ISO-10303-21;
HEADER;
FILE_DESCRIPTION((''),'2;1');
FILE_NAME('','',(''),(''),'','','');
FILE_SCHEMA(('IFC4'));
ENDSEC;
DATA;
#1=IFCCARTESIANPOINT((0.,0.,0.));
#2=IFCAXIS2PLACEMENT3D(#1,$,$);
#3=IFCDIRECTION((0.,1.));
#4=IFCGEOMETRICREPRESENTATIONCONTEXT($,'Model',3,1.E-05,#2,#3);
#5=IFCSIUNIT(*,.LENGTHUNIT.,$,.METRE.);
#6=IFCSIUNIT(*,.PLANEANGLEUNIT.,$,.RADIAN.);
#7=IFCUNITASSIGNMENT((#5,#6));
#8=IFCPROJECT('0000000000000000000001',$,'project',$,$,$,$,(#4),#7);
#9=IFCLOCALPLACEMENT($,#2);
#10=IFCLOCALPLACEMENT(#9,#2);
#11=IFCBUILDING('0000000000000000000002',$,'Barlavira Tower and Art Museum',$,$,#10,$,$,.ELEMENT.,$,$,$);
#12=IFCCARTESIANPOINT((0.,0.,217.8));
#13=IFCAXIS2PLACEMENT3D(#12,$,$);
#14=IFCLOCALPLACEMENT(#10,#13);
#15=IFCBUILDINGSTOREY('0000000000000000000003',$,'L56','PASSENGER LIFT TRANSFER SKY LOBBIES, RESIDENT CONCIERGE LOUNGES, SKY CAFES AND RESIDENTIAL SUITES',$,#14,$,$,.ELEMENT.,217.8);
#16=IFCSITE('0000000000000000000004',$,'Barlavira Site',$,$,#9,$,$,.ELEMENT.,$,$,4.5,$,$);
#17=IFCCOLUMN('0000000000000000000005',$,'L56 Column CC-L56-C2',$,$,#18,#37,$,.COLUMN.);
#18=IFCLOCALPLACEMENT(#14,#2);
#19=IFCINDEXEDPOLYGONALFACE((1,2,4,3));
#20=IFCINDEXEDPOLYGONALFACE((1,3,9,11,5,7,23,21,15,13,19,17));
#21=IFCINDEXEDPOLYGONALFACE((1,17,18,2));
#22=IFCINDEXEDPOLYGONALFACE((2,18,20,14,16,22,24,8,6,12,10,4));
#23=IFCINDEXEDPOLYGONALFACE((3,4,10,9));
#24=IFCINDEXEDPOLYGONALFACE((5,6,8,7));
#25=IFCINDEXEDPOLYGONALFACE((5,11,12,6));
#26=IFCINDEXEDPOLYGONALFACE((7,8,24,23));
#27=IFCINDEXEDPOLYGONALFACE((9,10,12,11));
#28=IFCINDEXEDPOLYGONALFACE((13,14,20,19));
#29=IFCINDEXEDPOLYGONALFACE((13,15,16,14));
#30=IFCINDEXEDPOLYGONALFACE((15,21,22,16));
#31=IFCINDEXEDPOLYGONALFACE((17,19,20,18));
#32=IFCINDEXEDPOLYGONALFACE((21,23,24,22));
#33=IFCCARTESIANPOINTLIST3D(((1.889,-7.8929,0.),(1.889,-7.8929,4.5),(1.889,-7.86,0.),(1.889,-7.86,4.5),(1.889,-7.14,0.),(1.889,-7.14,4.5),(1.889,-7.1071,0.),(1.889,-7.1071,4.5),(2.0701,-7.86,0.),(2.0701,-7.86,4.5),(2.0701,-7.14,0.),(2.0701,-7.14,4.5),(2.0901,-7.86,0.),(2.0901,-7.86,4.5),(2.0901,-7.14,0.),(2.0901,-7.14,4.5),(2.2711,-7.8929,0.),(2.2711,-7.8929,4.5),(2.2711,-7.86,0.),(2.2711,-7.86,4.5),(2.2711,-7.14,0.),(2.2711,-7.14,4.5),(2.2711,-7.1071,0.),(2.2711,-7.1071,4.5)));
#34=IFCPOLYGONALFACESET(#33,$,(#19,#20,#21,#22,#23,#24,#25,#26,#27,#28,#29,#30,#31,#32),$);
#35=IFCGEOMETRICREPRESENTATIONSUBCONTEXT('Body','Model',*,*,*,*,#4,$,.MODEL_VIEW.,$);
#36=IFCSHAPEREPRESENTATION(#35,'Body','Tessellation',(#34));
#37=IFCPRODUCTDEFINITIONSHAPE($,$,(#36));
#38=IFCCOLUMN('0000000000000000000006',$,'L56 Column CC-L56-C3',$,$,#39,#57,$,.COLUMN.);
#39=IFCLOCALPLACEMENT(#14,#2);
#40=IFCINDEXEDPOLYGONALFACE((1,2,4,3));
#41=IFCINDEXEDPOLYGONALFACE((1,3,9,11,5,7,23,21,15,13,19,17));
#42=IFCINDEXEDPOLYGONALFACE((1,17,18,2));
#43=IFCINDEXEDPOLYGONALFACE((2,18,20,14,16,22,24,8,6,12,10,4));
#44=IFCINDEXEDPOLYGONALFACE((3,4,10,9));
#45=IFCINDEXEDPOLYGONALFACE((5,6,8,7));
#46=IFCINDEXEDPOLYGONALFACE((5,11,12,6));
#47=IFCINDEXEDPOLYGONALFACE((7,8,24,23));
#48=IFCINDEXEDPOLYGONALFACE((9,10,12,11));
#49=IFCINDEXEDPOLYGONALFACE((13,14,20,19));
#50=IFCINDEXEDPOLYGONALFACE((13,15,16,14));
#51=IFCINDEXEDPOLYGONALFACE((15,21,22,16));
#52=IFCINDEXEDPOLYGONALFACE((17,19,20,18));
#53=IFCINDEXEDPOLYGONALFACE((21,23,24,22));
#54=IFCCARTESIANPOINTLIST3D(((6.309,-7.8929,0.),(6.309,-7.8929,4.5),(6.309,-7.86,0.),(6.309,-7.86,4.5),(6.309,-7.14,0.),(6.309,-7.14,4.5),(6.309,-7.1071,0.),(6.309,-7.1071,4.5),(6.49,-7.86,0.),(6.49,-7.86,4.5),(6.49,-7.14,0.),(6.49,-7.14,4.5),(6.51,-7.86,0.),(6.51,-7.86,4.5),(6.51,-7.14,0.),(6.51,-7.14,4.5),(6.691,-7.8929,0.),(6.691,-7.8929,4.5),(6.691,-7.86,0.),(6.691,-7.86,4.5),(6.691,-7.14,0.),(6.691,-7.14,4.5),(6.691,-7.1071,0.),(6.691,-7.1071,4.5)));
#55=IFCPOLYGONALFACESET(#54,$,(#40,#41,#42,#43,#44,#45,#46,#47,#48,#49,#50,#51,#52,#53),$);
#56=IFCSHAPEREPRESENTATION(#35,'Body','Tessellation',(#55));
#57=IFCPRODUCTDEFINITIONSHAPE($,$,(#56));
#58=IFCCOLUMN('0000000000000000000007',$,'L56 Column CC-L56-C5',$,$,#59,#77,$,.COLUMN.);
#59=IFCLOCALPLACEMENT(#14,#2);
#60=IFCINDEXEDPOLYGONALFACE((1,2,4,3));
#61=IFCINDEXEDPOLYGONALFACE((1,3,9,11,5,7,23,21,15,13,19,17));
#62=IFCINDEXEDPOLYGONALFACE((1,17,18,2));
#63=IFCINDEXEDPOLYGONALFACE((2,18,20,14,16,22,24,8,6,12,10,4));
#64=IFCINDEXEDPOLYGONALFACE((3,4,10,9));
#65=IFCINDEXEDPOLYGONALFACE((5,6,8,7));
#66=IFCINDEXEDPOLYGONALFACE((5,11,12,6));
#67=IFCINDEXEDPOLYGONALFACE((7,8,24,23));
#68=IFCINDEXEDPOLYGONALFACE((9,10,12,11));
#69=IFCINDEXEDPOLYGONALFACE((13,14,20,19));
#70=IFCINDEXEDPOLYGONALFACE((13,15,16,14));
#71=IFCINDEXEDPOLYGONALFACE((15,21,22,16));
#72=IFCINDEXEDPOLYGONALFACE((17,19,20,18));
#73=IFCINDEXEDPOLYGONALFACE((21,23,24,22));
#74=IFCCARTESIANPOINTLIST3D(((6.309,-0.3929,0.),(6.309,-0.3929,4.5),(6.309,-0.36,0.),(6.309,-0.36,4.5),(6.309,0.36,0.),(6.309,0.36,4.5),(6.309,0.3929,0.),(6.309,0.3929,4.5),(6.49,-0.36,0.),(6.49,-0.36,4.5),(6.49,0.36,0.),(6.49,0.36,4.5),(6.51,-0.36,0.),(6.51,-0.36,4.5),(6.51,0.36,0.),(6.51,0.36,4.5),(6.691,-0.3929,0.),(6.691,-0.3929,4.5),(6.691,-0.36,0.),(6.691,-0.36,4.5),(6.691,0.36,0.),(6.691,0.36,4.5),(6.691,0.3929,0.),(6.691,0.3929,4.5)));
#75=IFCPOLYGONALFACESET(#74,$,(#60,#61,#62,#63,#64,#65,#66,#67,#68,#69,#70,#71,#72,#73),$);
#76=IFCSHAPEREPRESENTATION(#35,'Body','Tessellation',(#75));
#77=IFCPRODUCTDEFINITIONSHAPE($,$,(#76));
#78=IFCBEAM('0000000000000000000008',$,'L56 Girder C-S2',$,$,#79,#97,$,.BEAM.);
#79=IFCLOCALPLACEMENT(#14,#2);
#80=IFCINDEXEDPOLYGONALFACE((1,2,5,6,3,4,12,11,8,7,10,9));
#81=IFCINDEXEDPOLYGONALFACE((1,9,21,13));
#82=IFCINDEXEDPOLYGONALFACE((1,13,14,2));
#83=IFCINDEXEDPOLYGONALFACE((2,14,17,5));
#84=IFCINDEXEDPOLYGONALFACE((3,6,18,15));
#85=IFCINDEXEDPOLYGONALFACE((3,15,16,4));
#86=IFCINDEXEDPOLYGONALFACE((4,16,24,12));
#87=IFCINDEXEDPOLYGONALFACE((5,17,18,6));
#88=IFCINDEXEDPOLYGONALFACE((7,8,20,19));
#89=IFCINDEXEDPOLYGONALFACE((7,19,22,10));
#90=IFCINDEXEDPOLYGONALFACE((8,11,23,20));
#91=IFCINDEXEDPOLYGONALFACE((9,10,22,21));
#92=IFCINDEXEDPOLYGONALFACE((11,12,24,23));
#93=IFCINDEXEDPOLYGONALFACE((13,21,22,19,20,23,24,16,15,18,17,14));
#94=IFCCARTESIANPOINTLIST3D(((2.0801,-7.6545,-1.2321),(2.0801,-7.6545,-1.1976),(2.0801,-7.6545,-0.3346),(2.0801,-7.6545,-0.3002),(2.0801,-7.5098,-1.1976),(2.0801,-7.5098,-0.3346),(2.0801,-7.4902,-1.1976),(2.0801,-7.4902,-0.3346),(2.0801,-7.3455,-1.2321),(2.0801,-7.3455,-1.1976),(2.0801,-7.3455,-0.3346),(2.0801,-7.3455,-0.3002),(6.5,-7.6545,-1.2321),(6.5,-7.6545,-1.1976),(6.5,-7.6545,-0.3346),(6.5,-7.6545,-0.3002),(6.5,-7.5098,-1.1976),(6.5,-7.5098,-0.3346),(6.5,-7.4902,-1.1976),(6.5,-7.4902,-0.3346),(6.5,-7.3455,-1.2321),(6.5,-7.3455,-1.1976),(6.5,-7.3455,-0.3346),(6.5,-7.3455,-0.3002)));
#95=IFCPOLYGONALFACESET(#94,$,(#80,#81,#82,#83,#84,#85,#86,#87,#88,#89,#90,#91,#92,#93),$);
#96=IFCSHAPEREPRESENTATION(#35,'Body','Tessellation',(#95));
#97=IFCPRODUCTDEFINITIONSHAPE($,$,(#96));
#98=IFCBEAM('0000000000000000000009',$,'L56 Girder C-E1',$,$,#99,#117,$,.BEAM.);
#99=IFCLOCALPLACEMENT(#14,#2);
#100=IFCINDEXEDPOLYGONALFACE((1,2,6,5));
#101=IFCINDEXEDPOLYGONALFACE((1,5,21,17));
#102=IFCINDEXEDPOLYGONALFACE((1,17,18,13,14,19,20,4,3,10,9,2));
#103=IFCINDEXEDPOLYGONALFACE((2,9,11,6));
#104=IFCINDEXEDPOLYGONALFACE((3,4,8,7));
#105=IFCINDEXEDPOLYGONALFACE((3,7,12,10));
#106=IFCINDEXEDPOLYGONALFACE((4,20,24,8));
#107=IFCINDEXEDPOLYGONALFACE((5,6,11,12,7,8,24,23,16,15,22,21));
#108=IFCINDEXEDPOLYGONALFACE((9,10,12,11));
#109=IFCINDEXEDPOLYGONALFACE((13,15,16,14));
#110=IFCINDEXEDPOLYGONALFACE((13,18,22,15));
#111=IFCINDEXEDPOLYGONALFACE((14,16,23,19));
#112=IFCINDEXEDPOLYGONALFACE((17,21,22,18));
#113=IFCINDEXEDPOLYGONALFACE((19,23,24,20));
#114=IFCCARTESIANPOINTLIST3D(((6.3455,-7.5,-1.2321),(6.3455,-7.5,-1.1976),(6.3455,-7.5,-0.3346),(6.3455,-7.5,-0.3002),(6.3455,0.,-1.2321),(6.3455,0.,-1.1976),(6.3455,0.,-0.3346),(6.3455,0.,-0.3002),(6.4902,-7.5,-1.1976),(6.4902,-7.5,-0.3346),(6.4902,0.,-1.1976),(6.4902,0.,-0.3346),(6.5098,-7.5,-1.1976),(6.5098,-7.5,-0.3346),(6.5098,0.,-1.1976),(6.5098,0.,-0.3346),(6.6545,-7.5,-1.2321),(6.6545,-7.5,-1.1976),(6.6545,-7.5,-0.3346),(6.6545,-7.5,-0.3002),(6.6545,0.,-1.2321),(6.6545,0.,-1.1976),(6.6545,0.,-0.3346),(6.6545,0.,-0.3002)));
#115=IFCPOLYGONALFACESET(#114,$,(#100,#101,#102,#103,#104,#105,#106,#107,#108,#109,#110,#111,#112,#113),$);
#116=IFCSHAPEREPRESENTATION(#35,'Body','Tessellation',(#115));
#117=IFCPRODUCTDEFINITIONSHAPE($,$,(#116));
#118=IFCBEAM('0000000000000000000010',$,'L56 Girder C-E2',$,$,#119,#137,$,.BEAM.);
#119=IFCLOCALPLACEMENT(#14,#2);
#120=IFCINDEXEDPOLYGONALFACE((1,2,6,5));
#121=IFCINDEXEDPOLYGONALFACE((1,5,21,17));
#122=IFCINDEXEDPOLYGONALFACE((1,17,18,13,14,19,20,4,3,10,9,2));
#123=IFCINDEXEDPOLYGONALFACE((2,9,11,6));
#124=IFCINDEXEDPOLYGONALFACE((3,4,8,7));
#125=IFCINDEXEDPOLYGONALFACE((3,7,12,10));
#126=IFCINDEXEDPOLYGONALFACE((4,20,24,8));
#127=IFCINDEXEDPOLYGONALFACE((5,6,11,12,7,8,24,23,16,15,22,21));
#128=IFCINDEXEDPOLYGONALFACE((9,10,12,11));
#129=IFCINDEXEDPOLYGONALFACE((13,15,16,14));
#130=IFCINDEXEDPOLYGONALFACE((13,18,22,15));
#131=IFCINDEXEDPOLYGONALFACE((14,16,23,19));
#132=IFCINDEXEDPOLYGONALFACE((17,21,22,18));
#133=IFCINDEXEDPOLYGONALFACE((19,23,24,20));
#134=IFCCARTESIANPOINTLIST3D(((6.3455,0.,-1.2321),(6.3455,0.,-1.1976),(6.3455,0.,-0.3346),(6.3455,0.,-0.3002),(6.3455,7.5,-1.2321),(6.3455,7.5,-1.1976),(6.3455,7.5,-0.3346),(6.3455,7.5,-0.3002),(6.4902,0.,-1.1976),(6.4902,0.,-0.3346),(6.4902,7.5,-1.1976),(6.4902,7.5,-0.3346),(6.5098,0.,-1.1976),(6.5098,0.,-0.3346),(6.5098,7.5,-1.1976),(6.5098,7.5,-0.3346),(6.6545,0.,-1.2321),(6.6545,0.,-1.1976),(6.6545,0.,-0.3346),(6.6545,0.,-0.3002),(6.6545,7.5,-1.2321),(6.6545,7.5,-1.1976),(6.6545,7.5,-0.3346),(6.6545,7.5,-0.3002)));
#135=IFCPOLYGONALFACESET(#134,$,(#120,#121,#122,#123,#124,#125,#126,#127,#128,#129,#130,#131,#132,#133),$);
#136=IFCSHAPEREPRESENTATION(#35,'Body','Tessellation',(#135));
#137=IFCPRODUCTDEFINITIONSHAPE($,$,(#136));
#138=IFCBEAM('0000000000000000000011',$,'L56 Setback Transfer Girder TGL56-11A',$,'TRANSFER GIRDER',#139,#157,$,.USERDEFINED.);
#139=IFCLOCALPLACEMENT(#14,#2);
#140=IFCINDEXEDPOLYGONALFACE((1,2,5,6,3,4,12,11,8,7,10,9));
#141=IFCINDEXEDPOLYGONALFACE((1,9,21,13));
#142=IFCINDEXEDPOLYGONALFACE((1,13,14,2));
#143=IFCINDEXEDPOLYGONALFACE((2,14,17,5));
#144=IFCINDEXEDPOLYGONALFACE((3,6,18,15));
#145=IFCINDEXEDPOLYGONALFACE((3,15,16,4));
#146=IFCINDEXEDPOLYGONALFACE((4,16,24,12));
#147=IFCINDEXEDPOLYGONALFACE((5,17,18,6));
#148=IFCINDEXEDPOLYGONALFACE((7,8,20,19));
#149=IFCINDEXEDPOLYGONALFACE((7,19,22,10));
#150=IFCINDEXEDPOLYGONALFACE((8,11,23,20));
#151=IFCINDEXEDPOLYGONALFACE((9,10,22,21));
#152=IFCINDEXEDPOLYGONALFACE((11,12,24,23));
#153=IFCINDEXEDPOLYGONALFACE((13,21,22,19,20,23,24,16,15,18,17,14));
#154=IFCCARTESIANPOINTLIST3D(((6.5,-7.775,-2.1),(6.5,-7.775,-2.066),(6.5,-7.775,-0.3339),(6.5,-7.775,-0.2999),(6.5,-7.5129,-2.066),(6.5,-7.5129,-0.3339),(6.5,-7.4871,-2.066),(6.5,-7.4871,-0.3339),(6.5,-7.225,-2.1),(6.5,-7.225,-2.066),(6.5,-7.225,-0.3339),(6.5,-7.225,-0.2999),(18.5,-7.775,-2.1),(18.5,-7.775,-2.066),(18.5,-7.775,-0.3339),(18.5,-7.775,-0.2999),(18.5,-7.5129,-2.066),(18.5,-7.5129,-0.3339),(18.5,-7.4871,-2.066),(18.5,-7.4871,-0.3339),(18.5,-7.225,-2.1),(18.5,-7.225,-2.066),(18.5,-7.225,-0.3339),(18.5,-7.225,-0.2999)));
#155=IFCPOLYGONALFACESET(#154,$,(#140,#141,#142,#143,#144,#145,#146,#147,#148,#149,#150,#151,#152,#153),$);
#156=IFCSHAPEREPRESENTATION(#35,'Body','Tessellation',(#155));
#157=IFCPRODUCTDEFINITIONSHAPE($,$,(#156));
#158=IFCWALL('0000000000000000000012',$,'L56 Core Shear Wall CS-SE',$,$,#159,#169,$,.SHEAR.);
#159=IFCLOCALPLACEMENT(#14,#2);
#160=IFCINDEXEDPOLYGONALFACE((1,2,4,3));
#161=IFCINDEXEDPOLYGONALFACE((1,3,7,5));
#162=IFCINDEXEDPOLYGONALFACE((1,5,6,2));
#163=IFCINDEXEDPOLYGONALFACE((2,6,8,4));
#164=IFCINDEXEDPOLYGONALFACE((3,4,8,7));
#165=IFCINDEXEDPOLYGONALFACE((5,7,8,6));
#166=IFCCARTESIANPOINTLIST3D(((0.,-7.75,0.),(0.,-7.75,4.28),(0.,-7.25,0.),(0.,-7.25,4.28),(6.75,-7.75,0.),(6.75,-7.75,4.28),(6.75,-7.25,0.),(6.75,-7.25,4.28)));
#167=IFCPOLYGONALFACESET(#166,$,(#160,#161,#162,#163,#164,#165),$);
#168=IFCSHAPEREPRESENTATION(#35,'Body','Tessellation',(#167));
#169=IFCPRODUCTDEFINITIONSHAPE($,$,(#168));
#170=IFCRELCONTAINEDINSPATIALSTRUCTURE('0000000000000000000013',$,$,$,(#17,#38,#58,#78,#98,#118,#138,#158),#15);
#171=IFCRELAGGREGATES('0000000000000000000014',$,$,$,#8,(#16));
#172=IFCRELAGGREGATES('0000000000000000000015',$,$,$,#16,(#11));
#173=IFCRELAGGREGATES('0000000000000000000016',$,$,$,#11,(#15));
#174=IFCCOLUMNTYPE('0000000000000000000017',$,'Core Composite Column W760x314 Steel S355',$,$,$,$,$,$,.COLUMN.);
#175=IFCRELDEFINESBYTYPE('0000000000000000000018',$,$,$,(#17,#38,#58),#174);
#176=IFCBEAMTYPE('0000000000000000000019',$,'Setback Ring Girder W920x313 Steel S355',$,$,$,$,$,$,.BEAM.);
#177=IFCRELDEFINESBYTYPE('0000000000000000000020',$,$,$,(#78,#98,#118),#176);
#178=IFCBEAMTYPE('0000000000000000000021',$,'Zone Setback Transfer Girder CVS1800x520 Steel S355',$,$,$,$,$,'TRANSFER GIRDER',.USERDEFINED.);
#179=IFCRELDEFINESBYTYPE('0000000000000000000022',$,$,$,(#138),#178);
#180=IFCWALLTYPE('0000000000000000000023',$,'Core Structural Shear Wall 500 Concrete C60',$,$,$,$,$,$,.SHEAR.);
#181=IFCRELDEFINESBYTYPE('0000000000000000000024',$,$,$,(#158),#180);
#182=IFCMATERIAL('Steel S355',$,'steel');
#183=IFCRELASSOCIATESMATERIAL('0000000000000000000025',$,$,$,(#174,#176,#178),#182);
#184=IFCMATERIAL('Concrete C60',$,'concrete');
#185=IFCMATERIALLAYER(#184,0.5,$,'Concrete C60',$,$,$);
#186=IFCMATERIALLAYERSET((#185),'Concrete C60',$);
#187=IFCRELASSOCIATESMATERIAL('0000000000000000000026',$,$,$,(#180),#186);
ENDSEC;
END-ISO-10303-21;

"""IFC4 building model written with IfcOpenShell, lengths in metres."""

from ifc_helpers import new_model, si_unit, direction, frame, frame_2d, origin, origin_2d, place, context, subcontext, project, spatial, rectangle, i_section, extrude, material, layer, layer_set, material_profile, profile_set, type_object, element, save


model = new_model("IFC4")

# Units and contexts
model_context = context("Model", 3, precision=1e-05, world=origin(), true_north=direction((0.0, 1.0)))
body_context = subcontext(model_context, "Body", "Model", "MODEL_VIEW")
ifc_project = project(units=[si_unit("LENGTHUNIT", "METRE"), si_unit("PLANEANGLEUNIT", "RADIAN")], contexts=[model_context])

# Site, building, storey
site_placement = place(None, origin())
site = spatial("IfcSite", under=ifc_project, at=site_placement, Name="Barlavira Site", CompositionType="ELEMENT", RefElevation=4.5)
building_placement = place(site_placement, origin())
building = spatial("IfcBuilding", under=site, at=building_placement, Name="Barlavira Tower and Art Museum", CompositionType="ELEMENT")
storey_placement = place(building_placement, frame((0.0, 0.0, 217.8)))
storey = spatial("IfcBuildingStorey", under=building, at=storey_placement, Name="L56", Description="PASSENGER LIFT TRANSFER SKY LOBBIES, RESIDENT CONCIERGE LOUNGES, SKY CAFES AND RESIDENTIAL SUITES", CompositionType="ELEMENT", Elevation=217.8)

# Columns
ifc_material_1 = material(Name="Steel S355", Category="steel")
ifc_material_profile_1 = material_profile(ifc_material_1, i_section(OverallWidth=0.3821, OverallDepth=0.7859, WebThickness=0.02, FlangeThickness=0.033, at=origin_2d()), Name="W760x314.0")
ifc_profile_set_1 = profile_set([ifc_material_profile_1], Name="Steel S355")
column_type = type_object("IfcColumnType", Name="Core Composite Column W760x314 Steel S355", PredefinedType="COLUMN", material=ifc_profile_set_1)
for number, where, z_axis, x_axis, name in (
    (1, (2.0801, -7.5, 0.0), (0.0, 0.0, 1.0), (1.0, 0.0, 0.0), "L56 Column CC-L56-C2"),
    (2, (6.5, -7.5, 0.0), (0.0, 0.0, 1.0), (1.0, 0.0, 0.0), "L56 Column CC-L56-C3"),
    (3, (6.5, 0.0, 0.0), (0.0, 0.0, 1.0), (1.0, 0.0, 0.0), "L56 Column CC-L56-C5"),
):
    element("IfcColumn", number, at=place(storey_placement, frame(where, z_axis=z_axis, x_axis=x_axis)), inside=storey, type_object=column_type, Name=name, PredefinedType="COLUMN", context=body_context, shape_type="SweptSolid", body=[
        extrude(i_section(OverallWidth=0.3821, OverallDepth=0.7859, WebThickness=0.02, FlangeThickness=0.033, at=origin_2d()), origin(), (0.0, 0.0, 1.0), 4.5),
    ])

# Beams
ifc_material_profile_2 = material_profile(ifc_material_1, i_section(OverallWidth=0.3091, OverallDepth=0.9319, WebThickness=0.0195, FlangeThickness=0.0344, at=origin_2d()), Name="W920x313.0")
ifc_profile_set_2 = profile_set([ifc_material_profile_2], Name="Steel S355")
beam_type_1 = type_object("IfcBeamType", Name="Setback Ring Girder W920x313 Steel S355", PredefinedType="BEAM", material=ifc_profile_set_2)
beam_1_placement = place(storey_placement, frame((2.0801, -7.5, -0.7661), z_axis=(1.0, 0.0, 0.0), x_axis=(0.0, 1.0, 0.0)))
element("IfcBeam", 4, at=beam_1_placement, inside=storey, type_object=beam_type_1, Name="L56 Girder C-S2", PredefinedType="BEAM", context=body_context, shape_type="SweptSolid", body=[
    extrude(i_section(OverallWidth=0.3091, OverallDepth=0.9319, WebThickness=0.0195, FlangeThickness=0.0344, at=origin_2d()), origin(), (0.0, 0.0, 1.0), 4.4199),
])
for number, where, z_axis, x_axis, name in (
    (5, (6.5, -7.5, -0.7661), (0.0, 1.0, 0.0), (-1.0, 0.0, 0.0), "L56 Girder C-E1"),
    (6, (6.5, 0.0, -0.7661), (0.0, 1.0, 0.0), (-1.0, 0.0, 0.0), "L56 Girder C-E2"),
):
    element("IfcBeam", number, at=place(storey_placement, frame(where, z_axis=z_axis, x_axis=x_axis)), inside=storey, type_object=beam_type_1, Name=name, PredefinedType="BEAM", context=body_context, shape_type="SweptSolid", body=[
        extrude(i_section(OverallWidth=0.3091, OverallDepth=0.9319, WebThickness=0.0195, FlangeThickness=0.0344, at=origin_2d()), origin(), (0.0, 0.0, 1.0), 7.5),
    ])
ifc_material_profile_3 = material_profile(ifc_material_1, i_section(OverallWidth=0.55, OverallDepth=1.8, WebThickness=0.0259, FlangeThickness=0.0339, at=origin_2d()), Name="CVS1800x520")
ifc_profile_set_3 = profile_set([ifc_material_profile_3], Name="Steel S355")
beam_type_2 = type_object("IfcBeamType", Name="Zone Setback Transfer Girder CVS1800x520 Steel S355", ElementType="TRANSFER GIRDER", PredefinedType="USERDEFINED", material=ifc_profile_set_3)
beam_2_placement = place(storey_placement, frame((6.5, -7.5, -1.2), z_axis=(1.0, 0.0, 0.0), x_axis=(0.0, 1.0, 0.0)))
element("IfcBeam", 7, at=beam_2_placement, inside=storey, type_object=beam_type_2, Name="L56 Setback Transfer Girder TGL56-11A", ObjectType="TRANSFER GIRDER", PredefinedType="USERDEFINED", context=body_context, shape_type="SweptSolid", body=[
    extrude(i_section(OverallWidth=0.55, OverallDepth=1.8, WebThickness=0.0259, FlangeThickness=0.0339, at=origin_2d()), origin(), (0.0, 0.0, 1.0), 12.0),
])

# Wall
ifc_material_2 = material(Name="Concrete C60", Category="concrete")
ifc_layer_1 = layer(ifc_material_2, 0.5, Name="Concrete C60")
ifc_layer_set_1 = layer_set([ifc_layer_1], Name="Concrete C60")
wall_type_1 = type_object("IfcWallType", Name="Core Structural Shear Wall 500 Concrete C60", PredefinedType="SHEAR", material=ifc_layer_set_1)
wall_1_placement = place(storey_placement, frame((0.0, -7.5, 0.0), z_axis=(0.0, 0.0, 1.0), x_axis=(1.0, 0.0, 0.0)))
element("IfcWall", 8, at=wall_1_placement, inside=storey, type_object=wall_type_1, Name="L56 Core Shear Wall CS-SE", PredefinedType="SHEAR", context=body_context, shape_type="SweptSolid", body=[
    extrude(rectangle(XDim=6.75, YDim=0.5, at=frame_2d((3.375, 0.0))), origin(), (0.0, 0.0, 1.0), 4.28),
])

save(model, "model.ifc")
